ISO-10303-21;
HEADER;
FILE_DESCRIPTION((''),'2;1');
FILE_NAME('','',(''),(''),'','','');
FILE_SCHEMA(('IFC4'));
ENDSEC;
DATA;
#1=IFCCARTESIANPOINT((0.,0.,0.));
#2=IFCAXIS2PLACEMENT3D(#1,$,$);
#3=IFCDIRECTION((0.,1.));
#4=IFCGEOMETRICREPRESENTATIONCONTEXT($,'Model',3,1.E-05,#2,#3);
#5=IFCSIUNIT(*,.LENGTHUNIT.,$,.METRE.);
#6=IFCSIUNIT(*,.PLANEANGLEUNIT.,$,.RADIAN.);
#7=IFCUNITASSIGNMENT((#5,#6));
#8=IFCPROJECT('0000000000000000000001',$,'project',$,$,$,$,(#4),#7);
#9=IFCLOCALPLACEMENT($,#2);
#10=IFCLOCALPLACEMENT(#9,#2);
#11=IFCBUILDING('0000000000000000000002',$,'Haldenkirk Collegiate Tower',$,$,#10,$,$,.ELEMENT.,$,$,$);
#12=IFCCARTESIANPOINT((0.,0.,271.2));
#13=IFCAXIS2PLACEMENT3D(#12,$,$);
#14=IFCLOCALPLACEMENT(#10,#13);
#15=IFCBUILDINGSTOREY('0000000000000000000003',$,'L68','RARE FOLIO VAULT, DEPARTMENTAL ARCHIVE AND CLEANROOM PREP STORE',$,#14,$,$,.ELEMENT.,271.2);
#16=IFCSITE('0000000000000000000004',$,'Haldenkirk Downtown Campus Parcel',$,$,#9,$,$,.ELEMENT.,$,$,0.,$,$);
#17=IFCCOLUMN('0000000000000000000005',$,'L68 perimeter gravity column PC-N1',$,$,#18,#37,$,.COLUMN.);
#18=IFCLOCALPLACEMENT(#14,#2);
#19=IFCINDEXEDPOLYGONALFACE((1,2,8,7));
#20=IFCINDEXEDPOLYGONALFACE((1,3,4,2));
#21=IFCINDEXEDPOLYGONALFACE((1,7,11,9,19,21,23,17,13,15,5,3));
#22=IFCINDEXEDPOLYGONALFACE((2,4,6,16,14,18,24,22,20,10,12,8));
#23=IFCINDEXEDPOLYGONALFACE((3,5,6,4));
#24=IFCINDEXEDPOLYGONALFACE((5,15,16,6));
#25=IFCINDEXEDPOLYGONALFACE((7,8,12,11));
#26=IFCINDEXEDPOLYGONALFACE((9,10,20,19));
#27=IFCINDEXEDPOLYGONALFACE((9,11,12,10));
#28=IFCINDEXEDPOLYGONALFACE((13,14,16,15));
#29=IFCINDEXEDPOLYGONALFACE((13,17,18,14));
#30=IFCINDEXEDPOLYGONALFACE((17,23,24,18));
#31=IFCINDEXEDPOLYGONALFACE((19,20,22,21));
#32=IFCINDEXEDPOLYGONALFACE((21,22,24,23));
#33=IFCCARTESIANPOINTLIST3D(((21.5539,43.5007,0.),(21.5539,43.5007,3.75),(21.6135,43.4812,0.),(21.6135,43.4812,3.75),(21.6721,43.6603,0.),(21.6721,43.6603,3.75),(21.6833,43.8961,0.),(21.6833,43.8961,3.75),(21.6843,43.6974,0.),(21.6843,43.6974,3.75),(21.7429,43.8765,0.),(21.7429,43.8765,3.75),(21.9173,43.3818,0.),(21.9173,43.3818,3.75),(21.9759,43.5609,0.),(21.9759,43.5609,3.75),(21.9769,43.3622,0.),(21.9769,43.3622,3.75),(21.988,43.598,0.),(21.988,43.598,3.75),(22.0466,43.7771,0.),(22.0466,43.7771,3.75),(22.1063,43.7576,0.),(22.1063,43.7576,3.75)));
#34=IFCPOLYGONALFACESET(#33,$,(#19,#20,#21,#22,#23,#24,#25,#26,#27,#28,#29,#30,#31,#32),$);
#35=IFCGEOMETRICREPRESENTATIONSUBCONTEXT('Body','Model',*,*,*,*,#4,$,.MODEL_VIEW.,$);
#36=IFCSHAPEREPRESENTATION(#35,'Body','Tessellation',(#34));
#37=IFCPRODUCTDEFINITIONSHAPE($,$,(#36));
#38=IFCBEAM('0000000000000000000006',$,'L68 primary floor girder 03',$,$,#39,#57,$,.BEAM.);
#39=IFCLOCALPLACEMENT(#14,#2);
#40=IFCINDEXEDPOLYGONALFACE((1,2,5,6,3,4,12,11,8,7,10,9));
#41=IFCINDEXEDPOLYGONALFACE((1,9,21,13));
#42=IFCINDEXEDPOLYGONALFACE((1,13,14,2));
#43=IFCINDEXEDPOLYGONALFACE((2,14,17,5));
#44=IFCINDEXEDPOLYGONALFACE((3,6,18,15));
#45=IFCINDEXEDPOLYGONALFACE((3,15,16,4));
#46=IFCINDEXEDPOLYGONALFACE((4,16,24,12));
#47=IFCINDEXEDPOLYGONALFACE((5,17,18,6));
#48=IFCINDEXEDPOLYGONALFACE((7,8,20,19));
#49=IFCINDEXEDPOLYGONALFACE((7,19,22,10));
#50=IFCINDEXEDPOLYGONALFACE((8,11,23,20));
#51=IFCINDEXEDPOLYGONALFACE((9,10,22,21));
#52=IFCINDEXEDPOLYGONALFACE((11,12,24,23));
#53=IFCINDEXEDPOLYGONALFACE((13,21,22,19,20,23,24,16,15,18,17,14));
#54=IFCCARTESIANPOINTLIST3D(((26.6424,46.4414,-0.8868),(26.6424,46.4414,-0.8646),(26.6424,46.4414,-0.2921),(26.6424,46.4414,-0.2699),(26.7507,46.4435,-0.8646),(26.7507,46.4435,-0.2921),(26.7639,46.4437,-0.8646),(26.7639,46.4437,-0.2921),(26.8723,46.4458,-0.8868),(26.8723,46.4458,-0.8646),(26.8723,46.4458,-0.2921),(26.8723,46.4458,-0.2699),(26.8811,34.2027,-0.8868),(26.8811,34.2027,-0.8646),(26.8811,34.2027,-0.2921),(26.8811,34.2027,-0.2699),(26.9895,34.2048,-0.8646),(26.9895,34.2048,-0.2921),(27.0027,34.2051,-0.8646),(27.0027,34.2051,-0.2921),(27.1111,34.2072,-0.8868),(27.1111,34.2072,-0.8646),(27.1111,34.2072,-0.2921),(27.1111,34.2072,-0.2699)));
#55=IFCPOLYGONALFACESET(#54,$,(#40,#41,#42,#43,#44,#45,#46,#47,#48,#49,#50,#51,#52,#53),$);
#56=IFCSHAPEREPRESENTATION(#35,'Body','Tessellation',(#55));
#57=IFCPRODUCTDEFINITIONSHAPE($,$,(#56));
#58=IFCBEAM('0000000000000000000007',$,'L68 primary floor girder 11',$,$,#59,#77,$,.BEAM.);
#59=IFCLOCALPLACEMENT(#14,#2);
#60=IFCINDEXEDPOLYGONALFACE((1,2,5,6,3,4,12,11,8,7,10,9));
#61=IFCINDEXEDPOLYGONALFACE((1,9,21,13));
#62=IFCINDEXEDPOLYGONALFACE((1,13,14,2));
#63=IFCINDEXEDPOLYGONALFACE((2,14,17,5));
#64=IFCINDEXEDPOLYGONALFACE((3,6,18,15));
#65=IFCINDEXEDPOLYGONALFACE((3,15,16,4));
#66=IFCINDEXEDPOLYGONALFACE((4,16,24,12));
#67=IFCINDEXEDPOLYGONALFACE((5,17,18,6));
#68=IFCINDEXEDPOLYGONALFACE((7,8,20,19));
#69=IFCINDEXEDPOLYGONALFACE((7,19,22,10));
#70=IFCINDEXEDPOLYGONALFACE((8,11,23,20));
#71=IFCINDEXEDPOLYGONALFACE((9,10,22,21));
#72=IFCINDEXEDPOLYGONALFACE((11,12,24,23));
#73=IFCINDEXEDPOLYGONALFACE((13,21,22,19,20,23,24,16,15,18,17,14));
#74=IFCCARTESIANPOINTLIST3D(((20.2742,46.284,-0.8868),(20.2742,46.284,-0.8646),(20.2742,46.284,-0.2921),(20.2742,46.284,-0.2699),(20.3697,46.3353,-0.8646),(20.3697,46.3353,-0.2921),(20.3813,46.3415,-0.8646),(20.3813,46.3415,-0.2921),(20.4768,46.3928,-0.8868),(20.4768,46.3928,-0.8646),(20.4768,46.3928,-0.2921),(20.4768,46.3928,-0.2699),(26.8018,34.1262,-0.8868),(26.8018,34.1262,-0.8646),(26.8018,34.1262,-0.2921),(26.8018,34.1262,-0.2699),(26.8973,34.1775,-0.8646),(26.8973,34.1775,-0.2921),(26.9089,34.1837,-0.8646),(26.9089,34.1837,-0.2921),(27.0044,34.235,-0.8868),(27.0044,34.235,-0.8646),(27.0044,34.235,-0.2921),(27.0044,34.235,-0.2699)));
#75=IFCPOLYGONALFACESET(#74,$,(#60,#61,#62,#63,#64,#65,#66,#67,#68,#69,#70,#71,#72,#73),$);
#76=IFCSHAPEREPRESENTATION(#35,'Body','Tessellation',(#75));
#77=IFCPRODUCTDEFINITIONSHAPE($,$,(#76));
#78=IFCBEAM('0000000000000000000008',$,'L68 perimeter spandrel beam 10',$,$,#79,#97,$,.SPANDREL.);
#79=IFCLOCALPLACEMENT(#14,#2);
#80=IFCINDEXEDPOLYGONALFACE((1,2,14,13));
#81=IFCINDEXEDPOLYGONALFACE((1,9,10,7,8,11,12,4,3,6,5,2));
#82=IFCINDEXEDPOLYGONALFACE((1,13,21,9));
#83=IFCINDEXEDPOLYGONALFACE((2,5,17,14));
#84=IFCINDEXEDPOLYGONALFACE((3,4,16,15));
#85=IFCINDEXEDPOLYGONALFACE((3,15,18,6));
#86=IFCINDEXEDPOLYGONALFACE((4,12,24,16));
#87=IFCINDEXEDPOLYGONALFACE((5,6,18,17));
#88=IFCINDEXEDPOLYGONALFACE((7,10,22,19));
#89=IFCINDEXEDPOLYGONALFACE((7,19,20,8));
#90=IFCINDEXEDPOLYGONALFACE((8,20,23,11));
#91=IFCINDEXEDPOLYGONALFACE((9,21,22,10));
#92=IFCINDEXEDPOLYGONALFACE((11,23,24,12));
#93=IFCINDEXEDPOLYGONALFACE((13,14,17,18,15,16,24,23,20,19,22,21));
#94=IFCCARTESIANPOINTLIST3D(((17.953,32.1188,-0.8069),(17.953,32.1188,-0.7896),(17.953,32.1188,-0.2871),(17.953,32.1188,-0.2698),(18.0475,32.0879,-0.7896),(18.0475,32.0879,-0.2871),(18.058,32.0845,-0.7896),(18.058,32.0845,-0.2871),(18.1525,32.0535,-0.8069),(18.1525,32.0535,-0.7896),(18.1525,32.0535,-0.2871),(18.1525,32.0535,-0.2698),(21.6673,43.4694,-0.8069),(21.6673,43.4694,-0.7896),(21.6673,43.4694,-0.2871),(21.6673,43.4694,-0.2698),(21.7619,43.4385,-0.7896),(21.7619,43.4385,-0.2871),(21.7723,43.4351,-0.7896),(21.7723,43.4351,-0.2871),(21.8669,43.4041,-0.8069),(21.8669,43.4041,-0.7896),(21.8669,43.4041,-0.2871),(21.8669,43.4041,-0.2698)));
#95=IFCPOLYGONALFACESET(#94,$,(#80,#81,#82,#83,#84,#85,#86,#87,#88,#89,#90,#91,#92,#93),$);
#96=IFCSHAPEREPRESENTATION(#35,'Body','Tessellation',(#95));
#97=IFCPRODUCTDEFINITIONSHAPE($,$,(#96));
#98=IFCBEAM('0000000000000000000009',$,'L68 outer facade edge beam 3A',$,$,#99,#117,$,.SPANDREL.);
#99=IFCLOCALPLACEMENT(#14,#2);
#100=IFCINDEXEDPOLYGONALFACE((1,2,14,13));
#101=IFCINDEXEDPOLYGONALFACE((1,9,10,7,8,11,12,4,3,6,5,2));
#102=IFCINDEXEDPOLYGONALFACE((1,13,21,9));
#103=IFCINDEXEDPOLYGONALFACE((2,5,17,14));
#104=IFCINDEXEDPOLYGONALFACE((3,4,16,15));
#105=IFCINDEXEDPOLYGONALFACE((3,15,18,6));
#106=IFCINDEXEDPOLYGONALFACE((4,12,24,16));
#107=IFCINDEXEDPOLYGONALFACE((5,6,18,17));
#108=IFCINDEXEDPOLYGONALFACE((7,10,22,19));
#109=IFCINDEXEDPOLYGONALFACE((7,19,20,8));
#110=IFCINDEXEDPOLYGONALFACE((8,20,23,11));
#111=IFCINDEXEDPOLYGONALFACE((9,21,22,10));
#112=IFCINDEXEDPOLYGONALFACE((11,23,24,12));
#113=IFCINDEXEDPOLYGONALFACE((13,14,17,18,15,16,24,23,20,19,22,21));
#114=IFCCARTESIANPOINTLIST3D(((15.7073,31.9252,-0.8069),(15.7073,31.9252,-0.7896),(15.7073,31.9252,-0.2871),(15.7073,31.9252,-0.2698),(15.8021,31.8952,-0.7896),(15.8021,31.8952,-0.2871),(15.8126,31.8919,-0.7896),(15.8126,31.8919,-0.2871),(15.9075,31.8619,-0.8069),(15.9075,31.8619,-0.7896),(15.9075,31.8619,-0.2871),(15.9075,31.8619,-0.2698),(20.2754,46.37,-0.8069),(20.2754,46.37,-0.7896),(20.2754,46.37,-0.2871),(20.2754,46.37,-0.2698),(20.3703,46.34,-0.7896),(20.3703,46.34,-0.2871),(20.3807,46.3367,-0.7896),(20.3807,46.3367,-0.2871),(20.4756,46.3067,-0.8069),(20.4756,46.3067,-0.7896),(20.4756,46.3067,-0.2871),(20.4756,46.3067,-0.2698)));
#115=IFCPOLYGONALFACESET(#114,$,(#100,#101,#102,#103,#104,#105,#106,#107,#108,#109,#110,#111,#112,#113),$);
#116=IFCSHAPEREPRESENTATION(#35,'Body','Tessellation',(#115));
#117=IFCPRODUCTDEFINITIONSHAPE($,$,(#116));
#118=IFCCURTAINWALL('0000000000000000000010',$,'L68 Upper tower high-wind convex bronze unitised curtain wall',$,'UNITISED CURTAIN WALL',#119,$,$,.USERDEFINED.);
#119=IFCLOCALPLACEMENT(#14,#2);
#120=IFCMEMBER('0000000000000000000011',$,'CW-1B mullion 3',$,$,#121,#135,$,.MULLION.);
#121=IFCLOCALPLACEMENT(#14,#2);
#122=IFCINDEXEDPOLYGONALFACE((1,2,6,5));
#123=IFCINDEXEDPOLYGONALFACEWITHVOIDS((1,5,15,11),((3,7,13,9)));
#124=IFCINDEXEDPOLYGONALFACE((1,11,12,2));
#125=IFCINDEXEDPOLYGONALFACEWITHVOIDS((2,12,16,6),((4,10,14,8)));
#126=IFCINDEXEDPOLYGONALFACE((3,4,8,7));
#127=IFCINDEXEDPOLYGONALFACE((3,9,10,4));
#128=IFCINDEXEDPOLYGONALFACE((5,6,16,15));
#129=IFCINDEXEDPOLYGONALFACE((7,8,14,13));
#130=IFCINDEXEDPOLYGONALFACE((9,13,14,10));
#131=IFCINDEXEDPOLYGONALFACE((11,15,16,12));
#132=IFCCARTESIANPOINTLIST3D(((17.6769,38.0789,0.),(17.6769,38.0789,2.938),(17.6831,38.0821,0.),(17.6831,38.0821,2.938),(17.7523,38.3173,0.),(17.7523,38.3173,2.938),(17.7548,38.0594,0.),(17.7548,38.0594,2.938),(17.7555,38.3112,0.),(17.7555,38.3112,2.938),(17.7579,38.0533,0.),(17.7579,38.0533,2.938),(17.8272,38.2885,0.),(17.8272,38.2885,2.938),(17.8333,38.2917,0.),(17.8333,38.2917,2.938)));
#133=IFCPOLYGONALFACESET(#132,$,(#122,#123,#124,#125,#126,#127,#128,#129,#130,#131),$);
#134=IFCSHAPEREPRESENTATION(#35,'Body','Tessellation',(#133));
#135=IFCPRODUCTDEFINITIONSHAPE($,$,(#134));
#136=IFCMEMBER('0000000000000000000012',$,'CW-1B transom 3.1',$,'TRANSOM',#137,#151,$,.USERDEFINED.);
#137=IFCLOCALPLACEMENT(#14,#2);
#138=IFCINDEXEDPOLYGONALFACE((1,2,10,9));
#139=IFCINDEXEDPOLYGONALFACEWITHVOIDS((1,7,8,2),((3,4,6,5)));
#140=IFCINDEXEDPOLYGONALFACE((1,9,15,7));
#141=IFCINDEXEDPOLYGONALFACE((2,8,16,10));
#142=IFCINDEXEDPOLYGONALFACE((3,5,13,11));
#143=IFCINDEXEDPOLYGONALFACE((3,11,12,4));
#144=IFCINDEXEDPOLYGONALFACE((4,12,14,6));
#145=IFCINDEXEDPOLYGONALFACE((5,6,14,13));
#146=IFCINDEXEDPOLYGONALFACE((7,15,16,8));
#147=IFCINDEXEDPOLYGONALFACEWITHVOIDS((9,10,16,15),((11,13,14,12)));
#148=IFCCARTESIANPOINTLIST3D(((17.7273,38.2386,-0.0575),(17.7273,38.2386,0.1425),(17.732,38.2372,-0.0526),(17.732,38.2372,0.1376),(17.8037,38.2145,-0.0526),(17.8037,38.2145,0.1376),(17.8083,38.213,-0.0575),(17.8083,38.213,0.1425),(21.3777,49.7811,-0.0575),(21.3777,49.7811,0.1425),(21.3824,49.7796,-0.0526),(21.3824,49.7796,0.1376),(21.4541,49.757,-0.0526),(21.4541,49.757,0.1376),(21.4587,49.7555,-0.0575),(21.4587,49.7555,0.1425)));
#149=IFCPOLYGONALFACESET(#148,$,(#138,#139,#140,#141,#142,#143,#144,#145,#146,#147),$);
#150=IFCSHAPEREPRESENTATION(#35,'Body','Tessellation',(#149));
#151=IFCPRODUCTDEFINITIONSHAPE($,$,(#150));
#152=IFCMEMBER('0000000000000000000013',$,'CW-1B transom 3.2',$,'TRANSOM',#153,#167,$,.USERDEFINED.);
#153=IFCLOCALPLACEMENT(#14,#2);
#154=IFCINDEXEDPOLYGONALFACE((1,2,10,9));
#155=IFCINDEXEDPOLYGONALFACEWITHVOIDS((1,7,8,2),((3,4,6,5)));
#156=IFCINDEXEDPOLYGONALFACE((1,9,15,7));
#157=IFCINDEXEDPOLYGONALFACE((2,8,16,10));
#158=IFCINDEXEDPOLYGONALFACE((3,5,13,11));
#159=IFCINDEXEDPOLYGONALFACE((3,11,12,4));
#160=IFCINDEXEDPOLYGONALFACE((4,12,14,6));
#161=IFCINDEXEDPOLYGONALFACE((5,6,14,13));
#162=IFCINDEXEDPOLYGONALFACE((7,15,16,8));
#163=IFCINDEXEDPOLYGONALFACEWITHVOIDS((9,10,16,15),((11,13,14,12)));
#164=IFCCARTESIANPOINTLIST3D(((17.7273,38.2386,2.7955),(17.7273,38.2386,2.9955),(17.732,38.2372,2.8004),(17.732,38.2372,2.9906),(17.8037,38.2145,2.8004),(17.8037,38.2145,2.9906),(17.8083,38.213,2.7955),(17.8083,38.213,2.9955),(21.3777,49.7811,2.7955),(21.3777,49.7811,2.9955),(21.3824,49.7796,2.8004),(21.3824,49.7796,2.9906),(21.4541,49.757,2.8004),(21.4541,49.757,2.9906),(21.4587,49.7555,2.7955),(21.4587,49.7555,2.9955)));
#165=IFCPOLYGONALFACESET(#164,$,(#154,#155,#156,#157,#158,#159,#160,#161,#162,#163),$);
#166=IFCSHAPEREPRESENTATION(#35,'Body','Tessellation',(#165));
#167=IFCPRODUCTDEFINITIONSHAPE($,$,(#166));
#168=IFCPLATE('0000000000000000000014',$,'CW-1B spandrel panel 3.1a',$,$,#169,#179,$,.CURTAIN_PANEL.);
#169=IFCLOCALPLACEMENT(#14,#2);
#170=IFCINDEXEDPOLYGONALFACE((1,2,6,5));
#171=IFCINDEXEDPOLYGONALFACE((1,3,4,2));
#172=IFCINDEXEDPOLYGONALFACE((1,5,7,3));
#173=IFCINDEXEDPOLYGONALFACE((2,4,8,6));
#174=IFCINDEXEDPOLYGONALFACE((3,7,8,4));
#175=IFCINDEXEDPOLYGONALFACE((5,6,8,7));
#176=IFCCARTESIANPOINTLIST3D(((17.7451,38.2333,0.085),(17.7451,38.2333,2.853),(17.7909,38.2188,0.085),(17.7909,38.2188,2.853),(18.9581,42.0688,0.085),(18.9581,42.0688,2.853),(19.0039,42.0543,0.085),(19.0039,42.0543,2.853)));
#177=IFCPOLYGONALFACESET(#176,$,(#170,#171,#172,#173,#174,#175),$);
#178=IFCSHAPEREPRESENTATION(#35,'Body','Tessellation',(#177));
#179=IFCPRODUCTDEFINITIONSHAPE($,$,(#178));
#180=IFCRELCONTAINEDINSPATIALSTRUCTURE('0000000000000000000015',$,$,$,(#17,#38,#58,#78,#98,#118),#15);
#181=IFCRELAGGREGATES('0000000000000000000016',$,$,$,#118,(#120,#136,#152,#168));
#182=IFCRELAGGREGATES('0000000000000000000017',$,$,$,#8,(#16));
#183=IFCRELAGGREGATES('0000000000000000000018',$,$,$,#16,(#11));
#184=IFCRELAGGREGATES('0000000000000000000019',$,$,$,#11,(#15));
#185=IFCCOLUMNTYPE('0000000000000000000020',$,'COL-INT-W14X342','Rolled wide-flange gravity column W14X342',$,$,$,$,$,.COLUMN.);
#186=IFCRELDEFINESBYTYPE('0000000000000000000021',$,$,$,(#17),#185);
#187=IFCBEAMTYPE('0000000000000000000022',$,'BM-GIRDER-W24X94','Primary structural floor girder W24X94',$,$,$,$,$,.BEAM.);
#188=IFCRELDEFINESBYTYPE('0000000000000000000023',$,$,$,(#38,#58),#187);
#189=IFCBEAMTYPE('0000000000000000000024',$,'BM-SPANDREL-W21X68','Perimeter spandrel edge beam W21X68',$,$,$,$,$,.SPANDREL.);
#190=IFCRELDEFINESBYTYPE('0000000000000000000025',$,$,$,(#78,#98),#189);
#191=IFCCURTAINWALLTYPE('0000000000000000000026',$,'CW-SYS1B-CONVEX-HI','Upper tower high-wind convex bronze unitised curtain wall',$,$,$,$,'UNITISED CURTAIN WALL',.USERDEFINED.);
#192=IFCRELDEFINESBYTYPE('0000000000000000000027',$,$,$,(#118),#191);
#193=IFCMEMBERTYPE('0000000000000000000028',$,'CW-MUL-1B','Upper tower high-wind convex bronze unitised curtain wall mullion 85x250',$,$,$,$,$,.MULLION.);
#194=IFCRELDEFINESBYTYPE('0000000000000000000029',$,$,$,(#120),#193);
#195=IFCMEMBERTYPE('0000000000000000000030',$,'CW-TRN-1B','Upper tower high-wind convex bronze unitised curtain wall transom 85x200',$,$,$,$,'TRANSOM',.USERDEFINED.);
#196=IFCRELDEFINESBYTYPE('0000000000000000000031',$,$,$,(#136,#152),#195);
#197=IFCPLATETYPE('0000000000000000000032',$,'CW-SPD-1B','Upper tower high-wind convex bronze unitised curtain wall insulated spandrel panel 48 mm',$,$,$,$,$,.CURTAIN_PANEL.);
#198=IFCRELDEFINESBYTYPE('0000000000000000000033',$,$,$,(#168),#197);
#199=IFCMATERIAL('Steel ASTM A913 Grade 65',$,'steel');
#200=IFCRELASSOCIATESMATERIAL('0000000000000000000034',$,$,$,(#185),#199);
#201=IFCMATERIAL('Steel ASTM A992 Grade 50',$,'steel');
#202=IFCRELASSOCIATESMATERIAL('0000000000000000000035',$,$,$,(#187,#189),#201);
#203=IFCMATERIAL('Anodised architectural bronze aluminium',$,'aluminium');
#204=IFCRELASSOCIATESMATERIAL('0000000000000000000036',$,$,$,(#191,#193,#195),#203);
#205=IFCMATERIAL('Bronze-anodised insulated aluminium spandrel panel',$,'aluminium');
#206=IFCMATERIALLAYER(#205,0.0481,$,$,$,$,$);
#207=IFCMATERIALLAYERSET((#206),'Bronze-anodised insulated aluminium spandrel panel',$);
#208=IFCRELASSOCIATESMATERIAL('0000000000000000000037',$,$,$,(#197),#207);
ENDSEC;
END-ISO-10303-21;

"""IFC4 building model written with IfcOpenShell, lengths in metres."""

from ifc_helpers import new_model, si_unit, direction, frame, origin, origin_2d, place, context, subcontext, project, spatial, rectangle, hollow_rectangle, i_section, extrude, source, transform, mapped, material, layer, layer_set, material_profile, profile_set, type_object, element, aggregate, save


model = new_model("IFC4")

# Units and contexts
model_context = context("Model", 3, precision=1e-05, world=origin(), true_north=direction((0.0, 1.0)))
body_context = subcontext(model_context, "Body", "Model", "MODEL_VIEW")
ifc_project = project(units=[si_unit("LENGTHUNIT", "METRE"), si_unit("PLANEANGLEUNIT", "RADIAN")], contexts=[model_context])

# Site, building, storey
site_placement = place(None, origin())
site = spatial("IfcSite", under=ifc_project, at=site_placement, Name="Haldenkirk Downtown Campus Parcel", CompositionType="ELEMENT", RefElevation=0.0)
building_placement = place(site_placement, origin())
building = spatial("IfcBuilding", under=site, at=building_placement, Name="Haldenkirk Collegiate Tower", CompositionType="ELEMENT")
storey_placement = place(building_placement, frame((0.0, 0.0, 271.2)))
storey = spatial("IfcBuildingStorey", under=building, at=storey_placement, Name="L68", Description="RARE FOLIO VAULT, DEPARTMENTAL ARCHIVE AND CLEANROOM PREP STORE", CompositionType="ELEMENT", Elevation=271.2)

# Column
ifc_material_1 = material(Name="Steel ASTM A913 Grade 65", Category="steel")
ifc_material_profile_1 = material_profile(ifc_material_1, i_section(OverallWidth=0.416, OverallDepth=0.4451, WebThickness=0.0391, FlangeThickness=0.0627, at=origin_2d()), Name="W14X342")
ifc_profile_set_1 = profile_set([ifc_material_profile_1], Name="Steel ASTM A913 Grade 65")
column_type = type_object("IfcColumnType", Name="COL-INT-W14X342", Description="Rolled wide-flange gravity column W14X342", PredefinedType="COLUMN", material=ifc_profile_set_1)
column_placement = place(storey_placement, frame((21.8301, 43.6292, 0.0), z_axis=(0.0, 0.0, 1.0), x_axis=(0.311008, 0.950407, 0.0)))
element("IfcColumn", 1, at=column_placement, inside=storey, type_object=column_type, Name="L68 perimeter gravity column PC-N1", PredefinedType="COLUMN", context=body_context, shape_type="SweptSolid", body=[
    extrude(i_section(OverallWidth=0.416, OverallDepth=0.4451, WebThickness=0.0391, FlangeThickness=0.0627, at=origin_2d()), origin(), (0.0, 0.0, 1.0), 3.75),
])

# Beams
ifc_material_2 = material(Name="Steel ASTM A992 Grade 50", Category="steel")
ifc_material_profile_2 = material_profile(ifc_material_2, i_section(OverallWidth=0.23, OverallDepth=0.6169, WebThickness=0.0132, FlangeThickness=0.0222, at=origin_2d()), Name="W24X94")
ifc_profile_set_2 = profile_set([ifc_material_profile_2], Name="Steel ASTM A992 Grade 50")
beam_type_1 = type_object("IfcBeamType", Name="BM-GIRDER-W24X94", Description="Primary structural floor girder W24X94", PredefinedType="BEAM", material=ifc_profile_set_2)
beam_1_placement = place(storey_placement, frame((26.7573, 46.4436, -0.5784), z_axis=(0.019506, -0.99981, 0.0), x_axis=(0.99981, 0.019506, 0.0)))
element("IfcBeam", 2, at=beam_1_placement, inside=storey, type_object=beam_type_1, Name="L68 primary floor girder 03", PredefinedType="BEAM", context=body_context, shape_type="SweptSolid", body=[
    extrude(i_section(OverallWidth=0.23, OverallDepth=0.6169, WebThickness=0.0132, FlangeThickness=0.0222, at=origin_2d()), origin(), (0.0, 0.0, 1.0), 12.241),
])
beam_2_placement = place(storey_placement, frame((20.3755, 46.3384, -0.5784), z_axis=(0.473039, -0.881041, 0.0), x_axis=(0.881041, 0.473039, 0.0)))
element("IfcBeam", 3, at=beam_2_placement, inside=storey, type_object=beam_type_1, Name="L68 primary floor girder 11", PredefinedType="BEAM", context=body_context, shape_type="SweptSolid", body=[
    extrude(i_section(OverallWidth=0.23, OverallDepth=0.6169, WebThickness=0.0132, FlangeThickness=0.0222, at=origin_2d()), origin(), (0.0, 0.0, 1.0), 13.7993),
])
ifc_material_profile_3 = material_profile(ifc_material_2, i_section(OverallWidth=0.21, OverallDepth=0.5371, WebThickness=0.011, FlangeThickness=0.0173, at=origin_2d()), Name="W21X68")
ifc_profile_set_3 = profile_set([ifc_material_profile_3], Name="Steel ASTM A992 Grade 50")
beam_type_2 = type_object("IfcBeamType", Name="BM-SPANDREL-W21X68", Description="Perimeter spandrel edge beam W21X68", PredefinedType="SPANDREL", material=ifc_profile_set_3)
beam_3_placement = place(storey_placement, frame((21.7671, 43.4368, -0.5383), z_axis=(-0.31101, -0.950407, 0.0), x_axis=(0.950407, -0.31101, 0.0)))
element("IfcBeam", 4, at=beam_3_placement, inside=storey, type_object=beam_type_2, Name="L68 perimeter spandrel beam 10", PredefinedType="SPANDREL", context=body_context, shape_type="SweptSolid", body=[
    extrude(i_section(OverallWidth=0.21, OverallDepth=0.5371, WebThickness=0.011, FlangeThickness=0.0173, at=origin_2d()), origin(), (0.0, 0.0, 1.0), 11.9429),
])
beam_4_placement = place(storey_placement, frame((20.3755, 46.3384, -0.5383), z_axis=(-0.301527, -0.953458, 0.0), x_axis=(0.953458, -0.301527, 0.0)))
element("IfcBeam", 5, at=beam_4_placement, inside=storey, type_object=beam_type_2, Name="L68 outer facade edge beam 3A", PredefinedType="SPANDREL", context=body_context, shape_type="SweptSolid", body=[
    extrude(i_section(OverallWidth=0.21, OverallDepth=0.5371, WebThickness=0.011, FlangeThickness=0.0173, at=origin_2d()), origin(), (0.0, 0.0, 1.0), 15.1499),
])

# Curtain wall, members, plate
ifc_material_3 = material(Name="Anodised architectural bronze aluminium", Category="aluminium")
curtain_wall_type = type_object("IfcCurtainWallType", Name="CW-SYS1B-CONVEX-HI", Description="Upper tower high-wind convex bronze unitised curtain wall", ElementType="UNITISED CURTAIN WALL", PredefinedType="USERDEFINED", material=ifc_material_3)
curtain_wall_placement = place(storey_placement, origin())
curtain_wall = element("IfcCurtainWall", 6, at=curtain_wall_placement, inside=storey, type_object=curtain_wall_type, Name="L68 Upper tower high-wind convex bronze unitised curtain wall", ObjectType="UNITISED CURTAIN WALL", PredefinedType="USERDEFINED")
ifc_material_profile_4 = material_profile(ifc_material_3, hollow_rectangle(XDim=0.085, YDim=0.25, WallThickness=0.0049, at=origin_2d()), Name="CW-MUL-1B")
ifc_profile_set_4 = profile_set([ifc_material_profile_4], Name="Anodised architectural bronze aluminium")
member_type_1 = type_object("IfcMemberType", Name="CW-MUL-1B", Description="Upper tower high-wind convex bronze unitised curtain wall mullion 85x250", PredefinedType="MULLION", material=ifc_profile_set_4)
member_1_placement = place(storey_placement, frame((17.7551, 38.1853, 0.0), z_axis=(0.0, 0.0, 1.0), x_axis=(-0.953455, 0.301537, 0.0)))
member_1 = element("IfcMember", 7, at=member_1_placement, type_object=member_type_1, Name="CW-1B mullion 3", PredefinedType="MULLION", context=body_context, shape_type="SweptSolid", body=[
    extrude(hollow_rectangle(XDim=0.085, YDim=0.25, WallThickness=0.0049, at=origin_2d()), origin(), (0.0, 0.0, 1.0), 2.938),
])
ifc_material_profile_5 = material_profile(ifc_material_3, hollow_rectangle(XDim=0.085, YDim=0.2, WallThickness=0.0049, at=origin_2d()), Name="CW-TRN-1B")
ifc_profile_set_5 = profile_set([ifc_material_profile_5], Name="Anodised architectural bronze aluminium")
member_type_2 = type_object("IfcMemberType", Name="CW-TRN-1B", Description="Upper tower high-wind convex bronze unitised curtain wall transom 85x200", ElementType="TRANSOM", PredefinedType="USERDEFINED", material=ifc_profile_set_5)
member_2_placement = place(storey_placement, frame((17.7678, 38.2258, 0.0425), z_axis=(0.301537, 0.953455, 0.0), x_axis=(-0.953455, 0.301537, 0.0)))
member_2 = element("IfcMember", 8, at=member_2_placement, type_object=member_type_2, Name="CW-1B transom 3.1", ObjectType="TRANSOM", PredefinedType="USERDEFINED", context=body_context, shape_type="SweptSolid", body=[
    extrude(hollow_rectangle(XDim=0.085, YDim=0.2, WallThickness=0.0049, at=origin_2d()), origin(), (0.0, 0.0, 1.0), 12.106),
])
member_3_placement = place(storey_placement, frame((17.7678, 38.2258, 2.8955), z_axis=(0.301537, 0.953455, 0.0), x_axis=(-0.953455, 0.301537, 0.0)))
member_3 = element("IfcMember", 9, at=member_3_placement, type_object=member_type_2, Name="CW-1B transom 3.2", ObjectType="TRANSOM", PredefinedType="USERDEFINED", context=body_context, shape_type="SweptSolid", body=[
    extrude(hollow_rectangle(XDim=0.085, YDim=0.2, WallThickness=0.0049, at=origin_2d()), origin(), (0.0, 0.0, 1.0), 12.106),
])
ifc_material_4 = material(Name="Bronze-anodised insulated aluminium spandrel panel", Category="aluminium")
ifc_layer_1 = layer(ifc_material_4, 0.0481)
ifc_layer_set_1 = layer_set([ifc_layer_1], Name="Bronze-anodised insulated aluminium spandrel panel")
plate_type_1 = type_object("IfcPlateType", Name="CW-SPD-1B", Description="Upper tower high-wind convex bronze unitised curtain wall insulated spandrel panel 48 mm", PredefinedType="CURTAIN_PANEL", material=ifc_layer_set_1)
shared_shape_1 = source(origin(), body_context, "Body", "SweptSolid", [
    extrude(rectangle(XDim=4.0227, YDim=0.0481, at=origin_2d()), origin(), (0.0, 0.0, 1.0), 2.7681),
])
plate_1_placement = place(storey_placement, frame((18.3745, 40.1438, 0.085), z_axis=(0.0, 0.0, 1.0), x_axis=(0.301537, 0.953455, 0.0)))
plate_1 = element("IfcPlate", 10, at=plate_1_placement, type_object=plate_type_1, Name="CW-1B spandrel panel 3.1a", PredefinedType="CURTAIN_PANEL", context=body_context, shape_type="MappedRepresentation", body=[
    mapped(shared_shape_1, transform((0.0, 0.0, 0.0), x_axis=(1.0, 0.0, 0.0), y_axis=(0.0, 1.0, 0.0), z_axis=(0.0, 0.0, 1.0), scale=1.0)),
])
aggregate(curtain_wall, [member_1, member_2, member_3, plate_1])

save(model, "model.ifc")
